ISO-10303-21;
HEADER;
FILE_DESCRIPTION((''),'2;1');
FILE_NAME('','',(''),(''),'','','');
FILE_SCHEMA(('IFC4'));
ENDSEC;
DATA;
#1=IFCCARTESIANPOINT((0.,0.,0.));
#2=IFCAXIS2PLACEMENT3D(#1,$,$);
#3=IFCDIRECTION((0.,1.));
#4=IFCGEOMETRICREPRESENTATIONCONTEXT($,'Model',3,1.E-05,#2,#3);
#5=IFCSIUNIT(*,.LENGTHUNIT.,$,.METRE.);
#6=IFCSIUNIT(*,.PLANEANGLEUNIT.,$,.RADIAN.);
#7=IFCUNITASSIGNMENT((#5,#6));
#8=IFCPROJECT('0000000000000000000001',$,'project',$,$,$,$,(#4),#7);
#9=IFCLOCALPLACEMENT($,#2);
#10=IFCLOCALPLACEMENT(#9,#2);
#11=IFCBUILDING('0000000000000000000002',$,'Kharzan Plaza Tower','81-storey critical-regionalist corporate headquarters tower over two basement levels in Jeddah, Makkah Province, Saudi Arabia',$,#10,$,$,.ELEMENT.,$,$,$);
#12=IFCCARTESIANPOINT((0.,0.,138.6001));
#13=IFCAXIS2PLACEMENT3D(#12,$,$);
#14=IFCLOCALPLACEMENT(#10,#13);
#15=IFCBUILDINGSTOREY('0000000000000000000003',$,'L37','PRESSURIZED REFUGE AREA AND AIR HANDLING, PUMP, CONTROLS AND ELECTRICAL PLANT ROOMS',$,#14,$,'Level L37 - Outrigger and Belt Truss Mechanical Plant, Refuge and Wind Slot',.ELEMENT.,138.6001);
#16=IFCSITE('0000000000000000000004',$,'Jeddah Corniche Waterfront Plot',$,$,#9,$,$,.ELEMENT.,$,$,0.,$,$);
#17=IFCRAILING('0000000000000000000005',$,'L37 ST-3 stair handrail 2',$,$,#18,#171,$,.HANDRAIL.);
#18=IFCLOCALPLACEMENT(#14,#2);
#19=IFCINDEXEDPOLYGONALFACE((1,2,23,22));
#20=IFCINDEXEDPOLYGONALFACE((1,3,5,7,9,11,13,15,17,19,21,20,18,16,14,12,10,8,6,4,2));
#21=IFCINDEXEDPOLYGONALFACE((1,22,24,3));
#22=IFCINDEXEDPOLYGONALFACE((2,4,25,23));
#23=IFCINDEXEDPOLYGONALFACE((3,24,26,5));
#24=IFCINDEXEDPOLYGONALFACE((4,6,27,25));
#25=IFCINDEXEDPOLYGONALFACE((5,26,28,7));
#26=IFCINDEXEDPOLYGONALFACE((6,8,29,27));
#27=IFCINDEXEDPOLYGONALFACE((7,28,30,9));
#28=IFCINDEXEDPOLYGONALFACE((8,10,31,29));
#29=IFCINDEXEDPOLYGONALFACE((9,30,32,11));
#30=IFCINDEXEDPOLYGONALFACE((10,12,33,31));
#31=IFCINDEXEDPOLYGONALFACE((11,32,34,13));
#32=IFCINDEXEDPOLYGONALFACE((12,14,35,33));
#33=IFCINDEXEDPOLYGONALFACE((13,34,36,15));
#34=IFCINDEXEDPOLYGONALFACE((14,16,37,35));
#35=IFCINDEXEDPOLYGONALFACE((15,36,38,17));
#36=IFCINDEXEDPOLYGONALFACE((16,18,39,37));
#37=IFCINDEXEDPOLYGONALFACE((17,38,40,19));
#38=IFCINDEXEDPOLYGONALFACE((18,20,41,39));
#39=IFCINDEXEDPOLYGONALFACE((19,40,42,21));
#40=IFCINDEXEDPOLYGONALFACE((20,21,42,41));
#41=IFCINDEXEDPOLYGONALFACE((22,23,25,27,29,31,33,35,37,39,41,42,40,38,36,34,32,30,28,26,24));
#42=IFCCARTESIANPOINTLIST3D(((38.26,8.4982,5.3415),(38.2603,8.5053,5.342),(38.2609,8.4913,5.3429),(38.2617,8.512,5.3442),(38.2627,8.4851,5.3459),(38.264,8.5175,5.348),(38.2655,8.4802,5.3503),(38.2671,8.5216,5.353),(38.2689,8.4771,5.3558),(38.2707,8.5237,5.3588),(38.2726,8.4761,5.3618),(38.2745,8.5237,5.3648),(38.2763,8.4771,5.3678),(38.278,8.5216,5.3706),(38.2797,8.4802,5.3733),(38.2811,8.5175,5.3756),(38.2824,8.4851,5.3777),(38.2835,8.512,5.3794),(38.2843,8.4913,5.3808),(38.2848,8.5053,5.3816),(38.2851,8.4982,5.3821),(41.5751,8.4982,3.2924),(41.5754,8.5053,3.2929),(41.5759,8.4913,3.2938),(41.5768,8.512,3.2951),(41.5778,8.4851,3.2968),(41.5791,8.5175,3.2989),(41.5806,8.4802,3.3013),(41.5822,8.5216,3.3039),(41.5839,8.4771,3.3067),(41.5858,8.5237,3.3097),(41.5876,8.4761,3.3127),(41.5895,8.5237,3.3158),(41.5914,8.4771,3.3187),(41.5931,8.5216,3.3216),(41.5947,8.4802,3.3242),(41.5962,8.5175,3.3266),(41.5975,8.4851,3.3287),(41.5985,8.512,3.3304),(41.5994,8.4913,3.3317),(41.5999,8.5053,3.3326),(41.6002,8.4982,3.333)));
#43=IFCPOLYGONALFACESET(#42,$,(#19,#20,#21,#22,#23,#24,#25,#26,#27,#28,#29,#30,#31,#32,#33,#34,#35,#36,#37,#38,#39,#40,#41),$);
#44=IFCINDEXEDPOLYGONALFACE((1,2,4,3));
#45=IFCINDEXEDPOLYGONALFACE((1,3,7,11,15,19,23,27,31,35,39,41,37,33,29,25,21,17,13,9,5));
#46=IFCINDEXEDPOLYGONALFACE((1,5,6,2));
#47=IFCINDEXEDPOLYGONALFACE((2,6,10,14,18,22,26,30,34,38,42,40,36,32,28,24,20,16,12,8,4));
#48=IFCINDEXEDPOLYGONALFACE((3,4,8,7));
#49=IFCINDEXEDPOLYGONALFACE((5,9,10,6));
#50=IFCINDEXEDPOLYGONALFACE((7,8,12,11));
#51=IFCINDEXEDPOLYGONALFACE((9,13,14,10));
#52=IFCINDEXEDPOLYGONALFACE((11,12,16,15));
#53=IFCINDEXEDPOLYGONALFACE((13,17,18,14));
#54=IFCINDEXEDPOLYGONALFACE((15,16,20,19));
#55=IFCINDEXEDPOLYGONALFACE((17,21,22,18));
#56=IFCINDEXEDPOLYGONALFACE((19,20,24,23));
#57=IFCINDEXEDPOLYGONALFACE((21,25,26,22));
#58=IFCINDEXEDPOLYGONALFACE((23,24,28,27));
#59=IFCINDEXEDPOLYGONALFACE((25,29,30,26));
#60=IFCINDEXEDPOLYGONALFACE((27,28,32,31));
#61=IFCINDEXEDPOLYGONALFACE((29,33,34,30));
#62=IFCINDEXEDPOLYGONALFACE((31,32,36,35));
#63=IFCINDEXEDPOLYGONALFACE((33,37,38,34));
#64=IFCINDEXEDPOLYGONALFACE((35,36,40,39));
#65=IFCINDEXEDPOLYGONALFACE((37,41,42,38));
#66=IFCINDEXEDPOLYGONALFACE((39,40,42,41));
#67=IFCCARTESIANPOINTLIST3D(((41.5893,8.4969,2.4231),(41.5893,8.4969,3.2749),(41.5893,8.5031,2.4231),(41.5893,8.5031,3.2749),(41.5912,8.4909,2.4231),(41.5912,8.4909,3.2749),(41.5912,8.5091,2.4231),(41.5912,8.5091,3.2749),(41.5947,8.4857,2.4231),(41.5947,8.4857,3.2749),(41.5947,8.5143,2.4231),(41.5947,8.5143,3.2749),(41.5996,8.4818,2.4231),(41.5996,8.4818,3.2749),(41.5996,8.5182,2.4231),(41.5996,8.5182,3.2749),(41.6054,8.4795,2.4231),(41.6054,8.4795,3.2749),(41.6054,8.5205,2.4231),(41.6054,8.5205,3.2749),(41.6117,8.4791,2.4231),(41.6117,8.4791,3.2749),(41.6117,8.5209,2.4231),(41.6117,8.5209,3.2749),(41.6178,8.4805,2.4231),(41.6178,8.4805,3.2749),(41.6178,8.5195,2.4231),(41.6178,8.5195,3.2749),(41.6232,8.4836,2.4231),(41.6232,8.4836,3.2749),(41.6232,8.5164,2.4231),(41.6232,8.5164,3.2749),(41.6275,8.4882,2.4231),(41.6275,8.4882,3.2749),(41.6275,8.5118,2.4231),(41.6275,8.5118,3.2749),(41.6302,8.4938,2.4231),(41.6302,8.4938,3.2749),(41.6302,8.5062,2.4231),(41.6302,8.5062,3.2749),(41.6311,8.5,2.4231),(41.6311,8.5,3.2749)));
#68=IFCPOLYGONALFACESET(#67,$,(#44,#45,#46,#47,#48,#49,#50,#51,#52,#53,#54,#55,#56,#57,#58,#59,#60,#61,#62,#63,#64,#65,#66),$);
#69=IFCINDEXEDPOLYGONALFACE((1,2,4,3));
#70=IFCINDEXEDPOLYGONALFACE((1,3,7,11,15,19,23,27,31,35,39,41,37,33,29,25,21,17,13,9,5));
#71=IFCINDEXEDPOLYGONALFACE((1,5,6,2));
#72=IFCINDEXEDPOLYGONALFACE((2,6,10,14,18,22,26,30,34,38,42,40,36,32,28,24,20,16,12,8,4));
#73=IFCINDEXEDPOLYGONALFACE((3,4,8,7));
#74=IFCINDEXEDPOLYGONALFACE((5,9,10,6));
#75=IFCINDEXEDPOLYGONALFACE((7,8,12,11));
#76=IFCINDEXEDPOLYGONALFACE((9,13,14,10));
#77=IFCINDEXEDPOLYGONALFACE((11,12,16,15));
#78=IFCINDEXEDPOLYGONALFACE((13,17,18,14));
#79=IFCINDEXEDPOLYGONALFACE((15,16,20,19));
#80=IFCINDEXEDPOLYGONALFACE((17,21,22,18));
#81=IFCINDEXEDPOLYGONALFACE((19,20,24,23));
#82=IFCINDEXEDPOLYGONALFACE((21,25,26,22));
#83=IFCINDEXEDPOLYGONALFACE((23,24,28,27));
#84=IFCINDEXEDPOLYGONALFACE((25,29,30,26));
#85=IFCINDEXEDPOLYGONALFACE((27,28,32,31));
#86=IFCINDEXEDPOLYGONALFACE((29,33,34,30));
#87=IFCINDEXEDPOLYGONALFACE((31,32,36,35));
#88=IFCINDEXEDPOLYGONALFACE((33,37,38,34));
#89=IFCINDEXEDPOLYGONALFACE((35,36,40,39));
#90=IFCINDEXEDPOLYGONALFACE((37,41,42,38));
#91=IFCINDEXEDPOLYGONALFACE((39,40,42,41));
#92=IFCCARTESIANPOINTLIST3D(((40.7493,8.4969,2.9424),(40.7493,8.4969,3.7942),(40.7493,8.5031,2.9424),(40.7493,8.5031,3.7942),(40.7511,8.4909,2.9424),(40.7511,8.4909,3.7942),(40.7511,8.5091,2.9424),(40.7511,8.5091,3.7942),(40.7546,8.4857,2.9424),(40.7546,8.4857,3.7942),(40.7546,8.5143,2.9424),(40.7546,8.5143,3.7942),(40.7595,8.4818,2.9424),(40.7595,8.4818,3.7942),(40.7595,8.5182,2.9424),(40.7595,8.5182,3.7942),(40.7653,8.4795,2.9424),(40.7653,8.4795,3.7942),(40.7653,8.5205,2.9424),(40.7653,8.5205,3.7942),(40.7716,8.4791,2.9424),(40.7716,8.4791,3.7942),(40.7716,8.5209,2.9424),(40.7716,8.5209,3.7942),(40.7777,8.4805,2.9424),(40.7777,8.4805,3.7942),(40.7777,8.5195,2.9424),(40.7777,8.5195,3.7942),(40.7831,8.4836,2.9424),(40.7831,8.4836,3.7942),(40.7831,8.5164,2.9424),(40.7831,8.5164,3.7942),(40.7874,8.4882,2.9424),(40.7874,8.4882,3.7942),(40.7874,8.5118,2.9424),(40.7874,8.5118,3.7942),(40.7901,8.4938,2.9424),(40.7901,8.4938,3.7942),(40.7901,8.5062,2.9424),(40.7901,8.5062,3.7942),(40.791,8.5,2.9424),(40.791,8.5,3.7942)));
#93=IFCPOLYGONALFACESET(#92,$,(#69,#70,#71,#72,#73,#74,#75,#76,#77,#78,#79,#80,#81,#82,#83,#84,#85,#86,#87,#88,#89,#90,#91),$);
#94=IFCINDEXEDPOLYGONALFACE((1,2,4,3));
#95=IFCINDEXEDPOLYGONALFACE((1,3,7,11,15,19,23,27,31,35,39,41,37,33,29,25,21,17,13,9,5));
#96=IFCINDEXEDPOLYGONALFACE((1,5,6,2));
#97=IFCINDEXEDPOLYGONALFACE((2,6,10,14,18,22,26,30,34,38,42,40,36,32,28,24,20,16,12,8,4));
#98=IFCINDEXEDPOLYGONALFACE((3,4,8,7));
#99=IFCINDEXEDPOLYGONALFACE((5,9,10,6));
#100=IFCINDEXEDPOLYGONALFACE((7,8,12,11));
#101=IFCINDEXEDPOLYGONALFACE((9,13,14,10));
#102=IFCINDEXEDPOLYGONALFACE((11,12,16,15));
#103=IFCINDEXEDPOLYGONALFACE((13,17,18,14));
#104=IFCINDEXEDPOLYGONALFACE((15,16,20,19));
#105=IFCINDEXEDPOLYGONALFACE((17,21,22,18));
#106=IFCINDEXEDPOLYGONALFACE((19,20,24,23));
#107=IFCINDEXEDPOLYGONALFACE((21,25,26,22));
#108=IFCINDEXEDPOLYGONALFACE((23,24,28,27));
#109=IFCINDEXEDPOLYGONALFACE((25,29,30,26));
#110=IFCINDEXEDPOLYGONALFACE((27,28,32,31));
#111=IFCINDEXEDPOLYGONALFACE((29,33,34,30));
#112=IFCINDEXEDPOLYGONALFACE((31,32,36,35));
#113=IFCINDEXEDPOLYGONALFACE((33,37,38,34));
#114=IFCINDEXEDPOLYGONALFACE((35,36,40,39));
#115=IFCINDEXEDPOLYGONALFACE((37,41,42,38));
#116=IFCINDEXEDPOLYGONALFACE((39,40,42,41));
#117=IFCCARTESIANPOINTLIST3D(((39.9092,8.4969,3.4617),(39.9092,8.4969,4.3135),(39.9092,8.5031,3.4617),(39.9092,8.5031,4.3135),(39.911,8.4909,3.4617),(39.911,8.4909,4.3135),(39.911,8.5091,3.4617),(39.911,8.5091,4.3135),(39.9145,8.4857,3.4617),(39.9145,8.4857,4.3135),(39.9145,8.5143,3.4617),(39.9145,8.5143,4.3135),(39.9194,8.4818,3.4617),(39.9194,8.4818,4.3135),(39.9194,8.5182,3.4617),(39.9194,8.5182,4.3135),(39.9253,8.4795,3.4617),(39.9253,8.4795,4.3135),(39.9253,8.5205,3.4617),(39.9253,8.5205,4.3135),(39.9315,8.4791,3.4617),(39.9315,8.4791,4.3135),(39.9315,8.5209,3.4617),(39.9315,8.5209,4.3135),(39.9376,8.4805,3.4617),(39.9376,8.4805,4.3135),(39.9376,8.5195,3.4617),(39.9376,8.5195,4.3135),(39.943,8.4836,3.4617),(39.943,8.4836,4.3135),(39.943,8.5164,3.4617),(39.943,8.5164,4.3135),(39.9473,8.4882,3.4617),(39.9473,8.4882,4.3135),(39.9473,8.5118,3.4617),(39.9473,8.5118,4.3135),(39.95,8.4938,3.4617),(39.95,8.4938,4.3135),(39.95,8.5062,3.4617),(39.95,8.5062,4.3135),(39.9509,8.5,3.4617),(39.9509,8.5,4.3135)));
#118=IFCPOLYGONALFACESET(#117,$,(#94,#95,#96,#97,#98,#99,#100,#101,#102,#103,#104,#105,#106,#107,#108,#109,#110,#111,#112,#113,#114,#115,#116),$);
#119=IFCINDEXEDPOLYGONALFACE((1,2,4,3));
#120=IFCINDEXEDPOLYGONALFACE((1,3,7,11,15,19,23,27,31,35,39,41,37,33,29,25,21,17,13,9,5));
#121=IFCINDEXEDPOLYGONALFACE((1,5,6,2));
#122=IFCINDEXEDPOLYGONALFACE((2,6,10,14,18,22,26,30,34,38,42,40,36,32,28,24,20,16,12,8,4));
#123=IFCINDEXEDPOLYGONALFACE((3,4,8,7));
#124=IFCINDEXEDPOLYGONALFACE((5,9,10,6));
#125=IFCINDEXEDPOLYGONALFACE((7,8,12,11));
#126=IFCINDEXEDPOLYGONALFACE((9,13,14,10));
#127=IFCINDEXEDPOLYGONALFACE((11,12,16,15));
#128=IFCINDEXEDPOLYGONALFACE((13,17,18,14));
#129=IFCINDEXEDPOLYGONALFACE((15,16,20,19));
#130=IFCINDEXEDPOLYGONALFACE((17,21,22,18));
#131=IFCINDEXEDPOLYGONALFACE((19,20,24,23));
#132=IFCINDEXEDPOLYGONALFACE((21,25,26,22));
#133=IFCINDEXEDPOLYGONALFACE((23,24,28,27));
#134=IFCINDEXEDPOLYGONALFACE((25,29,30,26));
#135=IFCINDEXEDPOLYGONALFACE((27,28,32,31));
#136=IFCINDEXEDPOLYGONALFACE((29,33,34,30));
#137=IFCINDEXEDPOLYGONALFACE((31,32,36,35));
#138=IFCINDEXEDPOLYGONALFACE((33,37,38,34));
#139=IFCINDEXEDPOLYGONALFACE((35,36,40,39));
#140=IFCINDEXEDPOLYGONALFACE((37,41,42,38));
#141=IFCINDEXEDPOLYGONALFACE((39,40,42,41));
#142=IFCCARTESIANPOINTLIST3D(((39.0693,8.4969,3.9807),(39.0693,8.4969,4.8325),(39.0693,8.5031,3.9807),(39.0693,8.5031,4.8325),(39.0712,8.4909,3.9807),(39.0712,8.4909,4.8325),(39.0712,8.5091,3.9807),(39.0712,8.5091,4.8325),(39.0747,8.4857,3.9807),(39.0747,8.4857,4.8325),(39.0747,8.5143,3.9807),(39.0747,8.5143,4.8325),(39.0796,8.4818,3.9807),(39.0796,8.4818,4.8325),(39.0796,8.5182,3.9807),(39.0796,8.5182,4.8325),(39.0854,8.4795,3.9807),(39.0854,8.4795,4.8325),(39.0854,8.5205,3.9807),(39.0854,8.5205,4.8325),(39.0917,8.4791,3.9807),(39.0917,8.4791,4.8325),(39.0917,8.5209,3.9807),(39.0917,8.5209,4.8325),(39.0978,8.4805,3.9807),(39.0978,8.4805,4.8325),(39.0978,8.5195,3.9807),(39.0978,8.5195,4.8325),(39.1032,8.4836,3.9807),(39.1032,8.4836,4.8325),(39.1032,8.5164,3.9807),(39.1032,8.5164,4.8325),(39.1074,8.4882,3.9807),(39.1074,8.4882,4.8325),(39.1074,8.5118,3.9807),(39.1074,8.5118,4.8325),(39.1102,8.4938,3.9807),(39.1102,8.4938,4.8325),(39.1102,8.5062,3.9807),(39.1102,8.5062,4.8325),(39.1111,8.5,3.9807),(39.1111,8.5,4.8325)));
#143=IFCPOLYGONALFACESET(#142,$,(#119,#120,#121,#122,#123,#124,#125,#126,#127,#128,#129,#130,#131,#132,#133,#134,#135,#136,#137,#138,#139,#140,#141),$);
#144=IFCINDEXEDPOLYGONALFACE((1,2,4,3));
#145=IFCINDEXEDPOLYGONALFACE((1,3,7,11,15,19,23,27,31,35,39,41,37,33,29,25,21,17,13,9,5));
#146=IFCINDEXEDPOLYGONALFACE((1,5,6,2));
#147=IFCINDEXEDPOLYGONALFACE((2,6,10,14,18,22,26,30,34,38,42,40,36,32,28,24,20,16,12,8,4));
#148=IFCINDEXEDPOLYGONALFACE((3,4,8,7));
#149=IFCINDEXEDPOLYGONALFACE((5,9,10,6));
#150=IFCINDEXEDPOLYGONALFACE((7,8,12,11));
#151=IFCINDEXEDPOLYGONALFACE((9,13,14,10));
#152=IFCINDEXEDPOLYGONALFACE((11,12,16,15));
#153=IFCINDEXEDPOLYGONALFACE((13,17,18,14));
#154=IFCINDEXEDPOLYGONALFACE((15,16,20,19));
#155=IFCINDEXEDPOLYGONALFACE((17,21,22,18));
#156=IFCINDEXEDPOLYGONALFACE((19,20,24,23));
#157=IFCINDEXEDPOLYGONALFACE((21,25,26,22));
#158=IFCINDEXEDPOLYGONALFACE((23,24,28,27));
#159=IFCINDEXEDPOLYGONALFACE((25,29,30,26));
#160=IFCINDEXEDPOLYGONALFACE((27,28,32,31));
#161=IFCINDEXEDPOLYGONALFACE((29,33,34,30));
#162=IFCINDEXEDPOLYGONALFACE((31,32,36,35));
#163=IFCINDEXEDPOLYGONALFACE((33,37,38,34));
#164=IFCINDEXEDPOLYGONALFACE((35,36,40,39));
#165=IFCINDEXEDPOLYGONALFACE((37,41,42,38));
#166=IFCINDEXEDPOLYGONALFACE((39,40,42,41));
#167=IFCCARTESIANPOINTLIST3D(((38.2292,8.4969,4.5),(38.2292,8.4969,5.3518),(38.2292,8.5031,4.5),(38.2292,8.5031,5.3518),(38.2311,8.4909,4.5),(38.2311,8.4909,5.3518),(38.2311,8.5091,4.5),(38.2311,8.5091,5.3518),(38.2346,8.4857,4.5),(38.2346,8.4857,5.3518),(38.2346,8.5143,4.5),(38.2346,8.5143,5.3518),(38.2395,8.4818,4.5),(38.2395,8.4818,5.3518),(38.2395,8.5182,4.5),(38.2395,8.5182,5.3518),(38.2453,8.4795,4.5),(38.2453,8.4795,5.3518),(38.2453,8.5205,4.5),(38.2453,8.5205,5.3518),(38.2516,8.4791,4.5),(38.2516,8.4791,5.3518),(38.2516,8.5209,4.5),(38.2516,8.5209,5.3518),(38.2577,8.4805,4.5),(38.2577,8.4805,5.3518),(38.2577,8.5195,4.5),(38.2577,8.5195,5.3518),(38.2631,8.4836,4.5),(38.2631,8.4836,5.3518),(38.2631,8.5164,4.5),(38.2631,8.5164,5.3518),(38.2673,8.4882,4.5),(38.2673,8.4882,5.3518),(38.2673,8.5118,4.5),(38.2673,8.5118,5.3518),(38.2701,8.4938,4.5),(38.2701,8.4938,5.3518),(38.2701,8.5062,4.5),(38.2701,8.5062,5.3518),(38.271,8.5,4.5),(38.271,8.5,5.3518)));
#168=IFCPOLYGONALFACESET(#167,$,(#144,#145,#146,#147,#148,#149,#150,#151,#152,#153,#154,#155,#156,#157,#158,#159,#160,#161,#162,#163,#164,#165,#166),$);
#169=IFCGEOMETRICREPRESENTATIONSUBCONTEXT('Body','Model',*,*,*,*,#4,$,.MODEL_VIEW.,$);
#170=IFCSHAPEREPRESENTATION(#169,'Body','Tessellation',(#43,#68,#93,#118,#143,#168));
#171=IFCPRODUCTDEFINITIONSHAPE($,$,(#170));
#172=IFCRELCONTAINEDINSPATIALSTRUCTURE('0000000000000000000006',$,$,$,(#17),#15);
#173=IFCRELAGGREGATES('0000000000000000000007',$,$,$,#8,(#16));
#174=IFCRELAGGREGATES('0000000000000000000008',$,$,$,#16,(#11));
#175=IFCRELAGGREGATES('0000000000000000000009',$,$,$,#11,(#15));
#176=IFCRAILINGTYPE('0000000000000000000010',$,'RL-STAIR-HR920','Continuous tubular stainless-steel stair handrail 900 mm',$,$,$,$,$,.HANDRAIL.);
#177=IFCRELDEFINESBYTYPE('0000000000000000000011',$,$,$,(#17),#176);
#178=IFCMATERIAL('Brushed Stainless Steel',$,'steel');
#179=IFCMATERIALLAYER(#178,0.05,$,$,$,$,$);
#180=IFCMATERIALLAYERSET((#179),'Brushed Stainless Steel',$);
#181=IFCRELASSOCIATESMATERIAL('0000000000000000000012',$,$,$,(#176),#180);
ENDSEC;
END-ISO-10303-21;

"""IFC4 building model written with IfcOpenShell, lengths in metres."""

from ifc_helpers import new_model, si_unit, direction, frame, origin, origin_2d, place, context, subcontext, project, spatial, circle, extrude, source, transform, mapped, material, layer, layer_set, type_object, element, save


model = new_model("IFC4")

# Units and contexts
model_context = context("Model", 3, precision=1e-05, world=origin(), true_north=direction((0.0, 1.0)))
body_context = subcontext(model_context, "Body", "Model", "MODEL_VIEW")
ifc_project = project(units=[si_unit("LENGTHUNIT", "METRE"), si_unit("PLANEANGLEUNIT", "RADIAN")], contexts=[model_context])

# Site, building, storey
site_placement = place(None, origin())
site = spatial("IfcSite", under=ifc_project, at=site_placement, Name="Jeddah Corniche Waterfront Plot", CompositionType="ELEMENT", RefElevation=0.0)
building_placement = place(site_placement, origin())
building = spatial("IfcBuilding", under=site, at=building_placement, Name="Kharzan Plaza Tower", Description="81-storey critical-regionalist corporate headquarters tower over two basement levels in Jeddah, Makkah Province, Saudi Arabia", CompositionType="ELEMENT")
storey_placement = place(building_placement, frame((0.0, 0.0, 138.6001)))
storey = spatial("IfcBuildingStorey", under=building, at=storey_placement, Name="L37", Description="PRESSURIZED REFUGE AREA AND AIR HANDLING, PUMP, CONTROLS AND ELECTRICAL PLANT ROOMS", LongName="Level L37 - Outrigger and Belt Truss Mechanical Plant, Refuge and Wind Slot", CompositionType="ELEMENT", Elevation=138.6001)

# Shared definitions
ifc_material_1 = material(Name="Brushed Stainless Steel", Category="steel")

# Railing
ifc_layer_1 = layer(ifc_material_1, 0.05)
ifc_layer_set_1 = layer_set([ifc_layer_1], Name="Brushed Stainless Steel")
railing_type_1 = type_object("IfcRailingType", Name="RL-STAIR-HR920", Description="Continuous tubular stainless-steel stair handrail 900 mm", PredefinedType="HANDRAIL", material=ifc_layer_set_1)
shared_shape_1 = source(origin(), body_context, "Body", "SweptSolid", [
    extrude(circle(Radius=0.0239, at=origin_2d()), frame((-0.0225, 0.0, 0.8896), z_axis=(-0.850623, 0.0, 0.525776), x_axis=(0.0, -1.0, 0.0)), (0.0, 0.0, 1.0), 3.8972),
    extrude(circle(Radius=0.021, at=origin_2d()), origin(), (0.0, 0.0, 1.0), 0.8518),
    extrude(circle(Radius=0.021, at=origin_2d()), frame((-0.8401, 0.0, 0.5193)), (0.0, 0.0, 1.0), 0.8518),
    extrude(circle(Radius=0.021, at=origin_2d()), frame((-1.6802, 0.0, 1.0386)), (0.0, 0.0, 1.0), 0.8518),
    extrude(circle(Radius=0.021, at=origin_2d()), frame((-2.52, 0.0, 1.5576)), (0.0, 0.0, 1.0), 0.8518),
    extrude(circle(Radius=0.021, at=origin_2d()), frame((-3.3601, 0.0, 2.0769)), (0.0, 0.0, 1.0), 0.8518),
])
railing_1_placement = place(storey_placement, frame((41.6101, 8.5, 2.4231)))
element("IfcRailing", 1, at=railing_1_placement, inside=storey, type_object=railing_type_1, Name="L37 ST-3 stair handrail 2", PredefinedType="HANDRAIL", context=body_context, shape_type="MappedRepresentation", body=[
    mapped(shared_shape_1, transform((0.0, 0.0, 0.0), x_axis=(1.0, 0.0, 0.0), y_axis=(0.0, 1.0, 0.0), z_axis=(0.0, 0.0, 1.0))),
])

save(model, "model.ifc")
